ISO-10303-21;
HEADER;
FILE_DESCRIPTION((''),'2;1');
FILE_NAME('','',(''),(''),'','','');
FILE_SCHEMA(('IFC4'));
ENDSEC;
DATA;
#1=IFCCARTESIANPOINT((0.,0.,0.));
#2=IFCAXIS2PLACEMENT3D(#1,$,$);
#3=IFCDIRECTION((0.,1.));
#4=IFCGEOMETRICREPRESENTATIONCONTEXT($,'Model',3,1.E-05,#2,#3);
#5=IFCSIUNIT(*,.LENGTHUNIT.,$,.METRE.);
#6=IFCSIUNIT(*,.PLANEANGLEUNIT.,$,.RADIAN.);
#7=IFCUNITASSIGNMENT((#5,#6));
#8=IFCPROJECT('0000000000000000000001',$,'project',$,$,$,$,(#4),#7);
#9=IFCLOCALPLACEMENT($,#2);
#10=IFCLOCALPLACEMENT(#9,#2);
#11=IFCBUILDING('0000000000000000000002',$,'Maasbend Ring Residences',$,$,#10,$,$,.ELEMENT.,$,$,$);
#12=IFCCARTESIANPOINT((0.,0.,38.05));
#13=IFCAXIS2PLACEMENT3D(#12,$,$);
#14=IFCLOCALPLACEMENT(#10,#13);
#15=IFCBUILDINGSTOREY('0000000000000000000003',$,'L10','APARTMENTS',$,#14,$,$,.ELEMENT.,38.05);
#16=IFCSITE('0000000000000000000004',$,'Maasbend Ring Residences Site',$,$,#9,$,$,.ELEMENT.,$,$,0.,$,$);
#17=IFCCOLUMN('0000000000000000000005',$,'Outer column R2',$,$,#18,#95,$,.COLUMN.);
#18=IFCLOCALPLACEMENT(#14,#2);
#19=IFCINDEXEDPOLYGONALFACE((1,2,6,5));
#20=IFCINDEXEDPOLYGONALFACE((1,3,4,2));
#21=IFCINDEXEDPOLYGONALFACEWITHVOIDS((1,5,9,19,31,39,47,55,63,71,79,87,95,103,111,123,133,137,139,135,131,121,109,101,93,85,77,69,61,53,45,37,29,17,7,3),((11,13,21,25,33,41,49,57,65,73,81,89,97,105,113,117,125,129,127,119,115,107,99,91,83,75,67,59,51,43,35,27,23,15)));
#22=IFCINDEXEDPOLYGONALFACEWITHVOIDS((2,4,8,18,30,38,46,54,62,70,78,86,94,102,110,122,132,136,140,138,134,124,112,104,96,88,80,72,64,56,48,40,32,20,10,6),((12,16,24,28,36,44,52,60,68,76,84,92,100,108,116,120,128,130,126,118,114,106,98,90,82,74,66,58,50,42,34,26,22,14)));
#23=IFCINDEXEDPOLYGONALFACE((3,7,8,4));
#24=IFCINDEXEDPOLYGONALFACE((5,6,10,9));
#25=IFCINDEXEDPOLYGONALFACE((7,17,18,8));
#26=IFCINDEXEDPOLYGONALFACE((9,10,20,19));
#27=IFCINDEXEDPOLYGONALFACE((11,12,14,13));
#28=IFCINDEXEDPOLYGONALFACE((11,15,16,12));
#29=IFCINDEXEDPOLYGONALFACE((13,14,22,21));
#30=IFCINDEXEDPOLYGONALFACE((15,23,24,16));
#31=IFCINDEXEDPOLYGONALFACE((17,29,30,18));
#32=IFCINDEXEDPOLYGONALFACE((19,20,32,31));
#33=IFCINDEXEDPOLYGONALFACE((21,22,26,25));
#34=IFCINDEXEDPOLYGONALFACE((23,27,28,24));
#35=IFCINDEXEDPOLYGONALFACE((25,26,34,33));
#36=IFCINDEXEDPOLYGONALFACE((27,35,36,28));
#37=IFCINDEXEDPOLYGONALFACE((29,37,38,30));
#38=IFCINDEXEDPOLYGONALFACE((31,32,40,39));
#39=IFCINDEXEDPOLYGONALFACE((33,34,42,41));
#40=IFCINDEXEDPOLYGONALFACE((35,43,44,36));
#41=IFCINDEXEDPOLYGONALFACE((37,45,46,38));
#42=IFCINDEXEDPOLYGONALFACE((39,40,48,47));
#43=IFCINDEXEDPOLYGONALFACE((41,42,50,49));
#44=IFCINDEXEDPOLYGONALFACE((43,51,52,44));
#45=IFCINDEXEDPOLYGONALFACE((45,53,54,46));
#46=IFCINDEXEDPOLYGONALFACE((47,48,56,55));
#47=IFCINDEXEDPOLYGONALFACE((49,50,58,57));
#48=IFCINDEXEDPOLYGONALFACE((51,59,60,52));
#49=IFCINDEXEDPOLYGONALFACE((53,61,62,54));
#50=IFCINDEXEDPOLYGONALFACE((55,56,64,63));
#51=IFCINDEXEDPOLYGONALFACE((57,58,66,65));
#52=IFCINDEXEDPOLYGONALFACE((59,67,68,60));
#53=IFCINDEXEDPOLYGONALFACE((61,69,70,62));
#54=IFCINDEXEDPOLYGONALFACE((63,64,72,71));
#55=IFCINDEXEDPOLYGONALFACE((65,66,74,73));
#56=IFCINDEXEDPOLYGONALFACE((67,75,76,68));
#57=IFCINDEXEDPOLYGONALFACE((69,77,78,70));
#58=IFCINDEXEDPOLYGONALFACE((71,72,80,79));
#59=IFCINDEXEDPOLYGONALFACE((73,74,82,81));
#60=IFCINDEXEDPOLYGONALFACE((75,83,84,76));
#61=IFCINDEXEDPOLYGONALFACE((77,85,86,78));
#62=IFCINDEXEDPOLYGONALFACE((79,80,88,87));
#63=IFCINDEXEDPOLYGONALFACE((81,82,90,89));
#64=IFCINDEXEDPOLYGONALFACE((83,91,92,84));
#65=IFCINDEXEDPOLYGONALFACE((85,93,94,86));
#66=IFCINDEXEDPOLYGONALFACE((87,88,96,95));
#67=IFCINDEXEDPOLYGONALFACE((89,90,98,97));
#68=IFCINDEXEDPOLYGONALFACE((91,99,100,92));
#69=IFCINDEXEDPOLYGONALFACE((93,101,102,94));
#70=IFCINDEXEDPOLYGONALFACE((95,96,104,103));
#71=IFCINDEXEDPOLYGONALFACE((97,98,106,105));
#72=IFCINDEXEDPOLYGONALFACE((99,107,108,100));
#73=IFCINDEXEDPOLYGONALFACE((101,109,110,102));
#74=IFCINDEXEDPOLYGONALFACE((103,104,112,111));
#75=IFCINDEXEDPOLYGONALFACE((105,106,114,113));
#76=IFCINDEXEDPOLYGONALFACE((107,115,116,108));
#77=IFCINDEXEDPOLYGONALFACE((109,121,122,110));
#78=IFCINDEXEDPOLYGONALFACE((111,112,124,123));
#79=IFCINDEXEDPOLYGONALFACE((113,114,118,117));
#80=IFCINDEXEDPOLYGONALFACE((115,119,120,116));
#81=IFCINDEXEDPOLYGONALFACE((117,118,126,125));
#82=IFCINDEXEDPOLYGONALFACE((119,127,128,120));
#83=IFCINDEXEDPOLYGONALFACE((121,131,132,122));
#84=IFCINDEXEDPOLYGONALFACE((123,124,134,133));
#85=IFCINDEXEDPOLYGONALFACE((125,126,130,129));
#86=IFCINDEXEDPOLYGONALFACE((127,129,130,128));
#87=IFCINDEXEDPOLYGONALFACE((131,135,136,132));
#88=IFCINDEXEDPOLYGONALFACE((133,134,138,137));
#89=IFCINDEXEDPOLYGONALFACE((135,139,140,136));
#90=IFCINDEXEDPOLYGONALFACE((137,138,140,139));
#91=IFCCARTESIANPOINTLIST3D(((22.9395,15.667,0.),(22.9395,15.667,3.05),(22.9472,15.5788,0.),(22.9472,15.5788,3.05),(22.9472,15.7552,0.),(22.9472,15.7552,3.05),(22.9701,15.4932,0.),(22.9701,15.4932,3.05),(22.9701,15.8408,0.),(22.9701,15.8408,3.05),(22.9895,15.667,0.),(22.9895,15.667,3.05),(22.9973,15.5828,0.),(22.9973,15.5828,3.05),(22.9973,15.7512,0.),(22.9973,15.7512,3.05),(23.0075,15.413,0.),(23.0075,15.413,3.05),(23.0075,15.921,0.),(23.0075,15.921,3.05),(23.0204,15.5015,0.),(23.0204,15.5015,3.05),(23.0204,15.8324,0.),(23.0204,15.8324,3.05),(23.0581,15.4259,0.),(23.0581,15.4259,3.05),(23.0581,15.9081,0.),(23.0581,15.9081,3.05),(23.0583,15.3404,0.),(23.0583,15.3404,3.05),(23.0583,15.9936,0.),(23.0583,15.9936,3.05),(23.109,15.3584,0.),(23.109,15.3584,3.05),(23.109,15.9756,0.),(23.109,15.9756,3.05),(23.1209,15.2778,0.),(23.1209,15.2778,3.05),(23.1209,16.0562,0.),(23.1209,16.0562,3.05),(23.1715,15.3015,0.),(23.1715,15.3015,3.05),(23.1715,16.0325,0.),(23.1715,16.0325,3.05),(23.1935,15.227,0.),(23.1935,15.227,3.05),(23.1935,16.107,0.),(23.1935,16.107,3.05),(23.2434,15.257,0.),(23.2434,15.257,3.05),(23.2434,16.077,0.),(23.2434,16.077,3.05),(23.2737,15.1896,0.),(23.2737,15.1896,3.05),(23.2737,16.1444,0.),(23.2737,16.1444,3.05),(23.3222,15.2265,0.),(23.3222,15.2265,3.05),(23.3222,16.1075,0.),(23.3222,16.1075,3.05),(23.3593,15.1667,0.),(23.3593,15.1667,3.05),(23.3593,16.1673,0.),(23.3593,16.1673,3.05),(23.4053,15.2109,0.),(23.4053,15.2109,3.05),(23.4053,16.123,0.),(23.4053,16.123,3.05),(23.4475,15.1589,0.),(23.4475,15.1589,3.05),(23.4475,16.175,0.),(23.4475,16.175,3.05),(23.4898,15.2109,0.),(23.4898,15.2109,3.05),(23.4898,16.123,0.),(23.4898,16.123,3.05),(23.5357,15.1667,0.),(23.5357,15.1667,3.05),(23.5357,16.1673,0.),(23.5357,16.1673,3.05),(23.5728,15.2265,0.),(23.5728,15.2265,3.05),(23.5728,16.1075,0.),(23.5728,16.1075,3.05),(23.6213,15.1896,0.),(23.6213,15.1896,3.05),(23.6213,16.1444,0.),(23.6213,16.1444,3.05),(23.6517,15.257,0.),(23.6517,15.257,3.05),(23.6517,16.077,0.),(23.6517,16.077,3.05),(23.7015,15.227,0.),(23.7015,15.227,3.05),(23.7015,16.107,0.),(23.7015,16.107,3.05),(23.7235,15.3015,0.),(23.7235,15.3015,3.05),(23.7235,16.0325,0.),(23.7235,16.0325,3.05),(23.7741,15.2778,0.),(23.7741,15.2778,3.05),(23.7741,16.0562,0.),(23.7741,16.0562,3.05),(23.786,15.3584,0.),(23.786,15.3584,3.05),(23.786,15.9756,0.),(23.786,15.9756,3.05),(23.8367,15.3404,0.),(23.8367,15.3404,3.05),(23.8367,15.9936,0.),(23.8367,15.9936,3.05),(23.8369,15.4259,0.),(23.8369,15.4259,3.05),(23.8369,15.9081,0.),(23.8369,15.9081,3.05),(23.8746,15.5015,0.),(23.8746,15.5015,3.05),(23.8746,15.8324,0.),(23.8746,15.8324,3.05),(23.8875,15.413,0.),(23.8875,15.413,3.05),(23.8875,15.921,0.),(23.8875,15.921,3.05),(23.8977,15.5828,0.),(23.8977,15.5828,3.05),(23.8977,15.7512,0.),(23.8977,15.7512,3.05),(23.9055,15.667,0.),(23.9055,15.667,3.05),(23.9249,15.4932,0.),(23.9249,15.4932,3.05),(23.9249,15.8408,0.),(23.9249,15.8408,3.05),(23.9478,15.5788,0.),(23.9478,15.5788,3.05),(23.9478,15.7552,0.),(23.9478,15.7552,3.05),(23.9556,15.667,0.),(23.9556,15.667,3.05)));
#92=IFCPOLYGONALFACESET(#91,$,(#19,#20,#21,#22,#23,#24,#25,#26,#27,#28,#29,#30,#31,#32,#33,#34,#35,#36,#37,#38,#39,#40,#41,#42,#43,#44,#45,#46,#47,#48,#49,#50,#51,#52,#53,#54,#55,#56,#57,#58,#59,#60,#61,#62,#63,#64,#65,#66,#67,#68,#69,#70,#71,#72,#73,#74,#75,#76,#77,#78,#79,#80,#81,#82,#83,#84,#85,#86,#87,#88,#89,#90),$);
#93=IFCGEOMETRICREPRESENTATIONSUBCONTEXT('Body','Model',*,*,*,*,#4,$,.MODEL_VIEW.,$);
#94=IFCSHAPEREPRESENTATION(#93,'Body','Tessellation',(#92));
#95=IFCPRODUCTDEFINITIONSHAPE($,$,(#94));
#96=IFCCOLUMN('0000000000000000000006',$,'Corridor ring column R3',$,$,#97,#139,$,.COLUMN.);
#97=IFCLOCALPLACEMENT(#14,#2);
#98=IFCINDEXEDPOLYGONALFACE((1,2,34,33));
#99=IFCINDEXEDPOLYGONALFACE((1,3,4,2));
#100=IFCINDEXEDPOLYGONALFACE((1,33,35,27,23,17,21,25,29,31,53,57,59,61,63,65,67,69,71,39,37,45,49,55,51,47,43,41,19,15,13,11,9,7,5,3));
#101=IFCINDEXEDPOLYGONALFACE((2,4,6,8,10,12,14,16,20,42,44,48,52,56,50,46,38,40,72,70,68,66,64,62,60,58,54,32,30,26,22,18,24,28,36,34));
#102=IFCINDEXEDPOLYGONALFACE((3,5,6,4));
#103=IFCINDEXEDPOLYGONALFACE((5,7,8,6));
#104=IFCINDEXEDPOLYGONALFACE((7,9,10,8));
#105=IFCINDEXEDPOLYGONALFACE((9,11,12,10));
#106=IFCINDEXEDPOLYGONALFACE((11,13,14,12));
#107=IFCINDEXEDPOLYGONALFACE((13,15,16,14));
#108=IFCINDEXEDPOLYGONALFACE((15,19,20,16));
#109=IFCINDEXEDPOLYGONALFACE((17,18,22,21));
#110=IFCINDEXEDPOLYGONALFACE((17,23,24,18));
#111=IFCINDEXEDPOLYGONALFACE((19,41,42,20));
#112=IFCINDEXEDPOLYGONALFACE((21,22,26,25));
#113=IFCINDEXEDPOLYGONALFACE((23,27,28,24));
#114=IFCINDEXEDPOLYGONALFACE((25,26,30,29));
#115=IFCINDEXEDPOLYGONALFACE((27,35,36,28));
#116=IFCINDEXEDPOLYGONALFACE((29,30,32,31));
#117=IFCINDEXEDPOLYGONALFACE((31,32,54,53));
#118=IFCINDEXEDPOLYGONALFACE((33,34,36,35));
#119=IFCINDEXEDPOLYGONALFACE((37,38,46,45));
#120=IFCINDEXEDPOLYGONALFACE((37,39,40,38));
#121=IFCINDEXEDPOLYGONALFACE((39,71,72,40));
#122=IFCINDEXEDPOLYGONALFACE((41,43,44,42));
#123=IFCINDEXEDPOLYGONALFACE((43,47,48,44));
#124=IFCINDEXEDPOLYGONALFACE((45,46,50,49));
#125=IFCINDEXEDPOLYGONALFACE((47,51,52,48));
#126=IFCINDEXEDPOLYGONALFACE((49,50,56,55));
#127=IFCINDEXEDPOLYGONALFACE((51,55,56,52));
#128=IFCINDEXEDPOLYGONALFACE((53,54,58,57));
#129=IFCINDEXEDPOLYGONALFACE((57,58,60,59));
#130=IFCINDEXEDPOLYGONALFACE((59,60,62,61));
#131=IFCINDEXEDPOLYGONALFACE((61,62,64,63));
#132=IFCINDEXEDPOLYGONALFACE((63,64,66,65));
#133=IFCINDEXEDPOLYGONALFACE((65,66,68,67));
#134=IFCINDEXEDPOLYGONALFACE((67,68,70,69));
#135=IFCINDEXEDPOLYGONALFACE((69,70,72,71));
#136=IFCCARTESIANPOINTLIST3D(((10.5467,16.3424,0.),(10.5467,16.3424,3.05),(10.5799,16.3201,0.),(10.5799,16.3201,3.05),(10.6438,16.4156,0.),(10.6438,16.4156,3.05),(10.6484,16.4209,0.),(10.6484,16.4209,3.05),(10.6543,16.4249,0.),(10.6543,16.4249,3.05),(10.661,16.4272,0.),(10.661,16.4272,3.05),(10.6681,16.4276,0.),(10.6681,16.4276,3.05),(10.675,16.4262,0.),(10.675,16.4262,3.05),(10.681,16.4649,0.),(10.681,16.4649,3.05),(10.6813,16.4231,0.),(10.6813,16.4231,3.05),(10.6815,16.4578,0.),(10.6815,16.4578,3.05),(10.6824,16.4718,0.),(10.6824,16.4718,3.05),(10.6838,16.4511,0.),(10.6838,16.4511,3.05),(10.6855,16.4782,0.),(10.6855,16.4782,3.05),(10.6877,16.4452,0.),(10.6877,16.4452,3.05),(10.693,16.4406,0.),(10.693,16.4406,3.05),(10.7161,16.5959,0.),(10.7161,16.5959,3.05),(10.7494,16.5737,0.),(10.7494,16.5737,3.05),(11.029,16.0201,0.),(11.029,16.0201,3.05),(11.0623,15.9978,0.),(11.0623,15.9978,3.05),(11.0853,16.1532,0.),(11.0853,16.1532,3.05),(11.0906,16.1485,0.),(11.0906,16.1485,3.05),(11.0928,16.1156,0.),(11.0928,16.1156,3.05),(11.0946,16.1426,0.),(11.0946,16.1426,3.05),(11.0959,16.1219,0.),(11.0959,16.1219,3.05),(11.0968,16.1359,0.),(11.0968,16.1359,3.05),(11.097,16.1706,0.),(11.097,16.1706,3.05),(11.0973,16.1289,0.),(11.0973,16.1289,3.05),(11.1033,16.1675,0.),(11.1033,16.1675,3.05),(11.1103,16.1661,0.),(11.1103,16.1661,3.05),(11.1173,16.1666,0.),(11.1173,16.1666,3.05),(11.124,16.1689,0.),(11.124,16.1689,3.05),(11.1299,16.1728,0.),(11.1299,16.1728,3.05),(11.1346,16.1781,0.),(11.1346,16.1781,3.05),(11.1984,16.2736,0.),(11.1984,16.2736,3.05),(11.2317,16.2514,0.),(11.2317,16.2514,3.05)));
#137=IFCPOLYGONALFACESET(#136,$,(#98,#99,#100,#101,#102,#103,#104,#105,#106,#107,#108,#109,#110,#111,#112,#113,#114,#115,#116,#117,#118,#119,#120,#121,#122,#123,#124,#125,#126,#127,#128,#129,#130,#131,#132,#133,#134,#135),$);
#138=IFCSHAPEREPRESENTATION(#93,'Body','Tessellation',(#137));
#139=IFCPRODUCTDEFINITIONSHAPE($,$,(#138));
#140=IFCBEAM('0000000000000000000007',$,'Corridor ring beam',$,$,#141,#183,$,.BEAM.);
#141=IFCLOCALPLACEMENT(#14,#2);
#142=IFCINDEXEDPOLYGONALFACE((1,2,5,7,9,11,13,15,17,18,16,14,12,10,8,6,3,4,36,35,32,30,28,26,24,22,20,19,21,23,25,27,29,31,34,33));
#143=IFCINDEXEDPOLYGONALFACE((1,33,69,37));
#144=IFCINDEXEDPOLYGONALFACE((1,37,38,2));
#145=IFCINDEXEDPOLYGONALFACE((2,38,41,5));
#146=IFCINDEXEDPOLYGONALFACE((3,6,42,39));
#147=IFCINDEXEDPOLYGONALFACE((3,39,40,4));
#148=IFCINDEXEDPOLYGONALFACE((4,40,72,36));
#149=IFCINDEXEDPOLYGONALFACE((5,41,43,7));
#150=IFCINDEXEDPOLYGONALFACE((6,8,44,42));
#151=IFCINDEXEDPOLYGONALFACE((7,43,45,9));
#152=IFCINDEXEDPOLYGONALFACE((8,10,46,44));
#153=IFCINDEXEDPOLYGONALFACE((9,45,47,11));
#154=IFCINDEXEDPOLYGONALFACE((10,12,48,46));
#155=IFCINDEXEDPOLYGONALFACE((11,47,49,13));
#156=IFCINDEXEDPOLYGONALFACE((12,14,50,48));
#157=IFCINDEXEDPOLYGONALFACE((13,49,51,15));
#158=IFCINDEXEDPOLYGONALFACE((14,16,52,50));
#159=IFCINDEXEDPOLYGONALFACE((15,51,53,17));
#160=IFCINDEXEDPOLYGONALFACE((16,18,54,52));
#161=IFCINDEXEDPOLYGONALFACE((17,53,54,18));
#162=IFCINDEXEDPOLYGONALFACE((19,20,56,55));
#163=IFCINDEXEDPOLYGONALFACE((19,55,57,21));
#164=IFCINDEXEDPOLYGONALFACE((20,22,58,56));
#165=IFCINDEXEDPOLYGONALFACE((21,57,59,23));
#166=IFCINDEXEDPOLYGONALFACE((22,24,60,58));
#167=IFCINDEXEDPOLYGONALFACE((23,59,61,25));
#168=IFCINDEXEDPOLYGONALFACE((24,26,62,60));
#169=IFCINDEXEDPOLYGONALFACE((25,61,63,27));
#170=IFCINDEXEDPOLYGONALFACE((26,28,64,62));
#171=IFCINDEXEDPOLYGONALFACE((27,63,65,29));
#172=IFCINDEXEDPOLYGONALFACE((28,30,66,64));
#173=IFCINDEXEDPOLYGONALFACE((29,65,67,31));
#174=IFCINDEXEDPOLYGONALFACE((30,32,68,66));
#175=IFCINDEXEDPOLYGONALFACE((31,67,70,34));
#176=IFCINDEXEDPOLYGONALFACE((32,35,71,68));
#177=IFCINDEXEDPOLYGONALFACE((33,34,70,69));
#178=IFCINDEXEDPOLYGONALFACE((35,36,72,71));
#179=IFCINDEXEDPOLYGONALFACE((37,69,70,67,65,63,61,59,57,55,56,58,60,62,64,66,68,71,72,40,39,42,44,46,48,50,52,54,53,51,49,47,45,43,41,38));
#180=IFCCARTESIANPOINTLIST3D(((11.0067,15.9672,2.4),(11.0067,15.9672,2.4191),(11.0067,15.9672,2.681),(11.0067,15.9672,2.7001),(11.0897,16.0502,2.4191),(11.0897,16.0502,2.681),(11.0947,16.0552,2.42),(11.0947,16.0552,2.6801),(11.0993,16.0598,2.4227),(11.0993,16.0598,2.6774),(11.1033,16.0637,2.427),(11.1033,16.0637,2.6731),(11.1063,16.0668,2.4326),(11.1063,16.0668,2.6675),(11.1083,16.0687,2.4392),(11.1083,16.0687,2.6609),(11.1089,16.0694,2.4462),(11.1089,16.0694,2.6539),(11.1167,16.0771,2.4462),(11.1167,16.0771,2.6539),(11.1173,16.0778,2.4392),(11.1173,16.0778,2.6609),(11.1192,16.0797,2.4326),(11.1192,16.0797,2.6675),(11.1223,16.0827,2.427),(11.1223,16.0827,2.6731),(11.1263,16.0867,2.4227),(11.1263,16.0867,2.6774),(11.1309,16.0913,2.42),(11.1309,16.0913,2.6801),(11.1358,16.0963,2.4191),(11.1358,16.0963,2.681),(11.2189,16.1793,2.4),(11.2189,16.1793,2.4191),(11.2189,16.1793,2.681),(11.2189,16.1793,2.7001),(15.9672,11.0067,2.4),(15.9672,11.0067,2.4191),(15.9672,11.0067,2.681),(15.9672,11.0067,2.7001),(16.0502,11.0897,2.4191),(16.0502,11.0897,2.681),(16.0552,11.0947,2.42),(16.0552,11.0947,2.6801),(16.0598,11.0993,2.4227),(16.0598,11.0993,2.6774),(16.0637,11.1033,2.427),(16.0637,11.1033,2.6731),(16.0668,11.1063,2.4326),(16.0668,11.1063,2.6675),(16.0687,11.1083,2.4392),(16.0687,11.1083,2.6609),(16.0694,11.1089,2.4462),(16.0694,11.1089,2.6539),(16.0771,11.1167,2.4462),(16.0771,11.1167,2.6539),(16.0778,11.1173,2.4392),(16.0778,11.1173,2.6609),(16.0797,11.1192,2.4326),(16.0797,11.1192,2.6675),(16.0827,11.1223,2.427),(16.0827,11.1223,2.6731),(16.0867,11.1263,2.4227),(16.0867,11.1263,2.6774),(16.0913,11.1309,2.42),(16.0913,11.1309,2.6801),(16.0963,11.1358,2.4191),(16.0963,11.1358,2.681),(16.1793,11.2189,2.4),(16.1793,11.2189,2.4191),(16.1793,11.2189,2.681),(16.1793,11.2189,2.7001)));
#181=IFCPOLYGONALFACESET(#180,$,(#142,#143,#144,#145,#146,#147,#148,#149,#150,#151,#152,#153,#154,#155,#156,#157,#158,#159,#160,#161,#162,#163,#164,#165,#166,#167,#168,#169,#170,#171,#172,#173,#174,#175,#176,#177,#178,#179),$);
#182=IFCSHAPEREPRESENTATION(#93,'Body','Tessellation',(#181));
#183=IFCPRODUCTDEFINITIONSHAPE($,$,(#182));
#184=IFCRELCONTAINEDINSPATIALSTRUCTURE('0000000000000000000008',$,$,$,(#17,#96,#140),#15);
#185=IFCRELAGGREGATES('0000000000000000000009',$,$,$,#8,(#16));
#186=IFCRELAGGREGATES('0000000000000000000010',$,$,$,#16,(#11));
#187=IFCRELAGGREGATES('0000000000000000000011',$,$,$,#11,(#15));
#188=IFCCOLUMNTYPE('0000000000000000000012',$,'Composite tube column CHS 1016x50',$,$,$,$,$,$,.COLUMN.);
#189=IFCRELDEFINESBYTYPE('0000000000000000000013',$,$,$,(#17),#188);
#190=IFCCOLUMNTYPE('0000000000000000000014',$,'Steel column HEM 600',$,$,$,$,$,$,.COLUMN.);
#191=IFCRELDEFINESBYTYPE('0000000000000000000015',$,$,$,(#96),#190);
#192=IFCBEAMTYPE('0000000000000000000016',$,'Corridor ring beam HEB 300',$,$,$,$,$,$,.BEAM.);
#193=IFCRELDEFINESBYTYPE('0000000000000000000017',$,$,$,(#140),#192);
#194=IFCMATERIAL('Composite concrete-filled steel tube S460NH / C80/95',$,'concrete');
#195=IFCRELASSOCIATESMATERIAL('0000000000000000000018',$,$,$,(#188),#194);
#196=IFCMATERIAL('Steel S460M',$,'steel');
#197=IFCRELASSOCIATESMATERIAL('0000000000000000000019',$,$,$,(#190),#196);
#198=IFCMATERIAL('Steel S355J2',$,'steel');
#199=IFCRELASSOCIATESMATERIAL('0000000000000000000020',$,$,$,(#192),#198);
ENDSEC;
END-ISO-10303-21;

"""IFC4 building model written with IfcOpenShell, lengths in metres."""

from ifc_helpers import new_model, si_unit, direction, frame, origin, origin_2d, place, context, subcontext, project, spatial, hollow_circle, i_section, extrude, material, material_profile, profile_set, type_object, element, save


model = new_model("IFC4")

# Units and contexts
model_context = context("Model", 3, precision=1e-05, world=origin(), true_north=direction((0.0, 1.0)))
body_context = subcontext(model_context, "Body", "Model", "MODEL_VIEW")
ifc_project = project(units=[si_unit("LENGTHUNIT", "METRE"), si_unit("PLANEANGLEUNIT", "RADIAN")], contexts=[model_context])

# Site, building, storey
site_placement = place(None, origin())
site = spatial("IfcSite", under=ifc_project, at=site_placement, Name="Maasbend Ring Residences Site", CompositionType="ELEMENT", RefElevation=0.0)
building_placement = place(site_placement, origin())
building = spatial("IfcBuilding", under=site, at=building_placement, Name="Maasbend Ring Residences", CompositionType="ELEMENT")
storey_placement = place(building_placement, frame((0.0, 0.0, 38.05)))
storey = spatial("IfcBuildingStorey", under=building, at=storey_placement, Name="L10", Description="APARTMENTS", CompositionType="ELEMENT", Elevation=38.05)

# Columns
ifc_material_1 = material(Name="Composite concrete-filled steel tube S460NH / C80/95", Category="concrete")
ifc_material_profile_1 = material_profile(ifc_material_1, hollow_circle(Radius=0.5081, WallThickness=0.05, at=origin_2d()), Name="Composite tube column CHS 1016x50")
ifc_profile_set_1 = profile_set([ifc_material_profile_1], Name="Composite concrete-filled steel tube S460NH / C80/95")
column_type_1 = type_object("IfcColumnType", Name="Composite tube column CHS 1016x50", PredefinedType="COLUMN", material=ifc_profile_set_1)
column_1_placement = place(storey_placement, frame((23.4475, 15.667, 0.0), z_axis=(0.0, 0.0, 1.0), x_axis=(1.0, 0.0, 0.0)))
element("IfcColumn", 1, at=column_1_placement, inside=storey, type_object=column_type_1, Name="Outer column R2", PredefinedType="COLUMN", context=body_context, shape_type="SweptSolid", body=[
    extrude(hollow_circle(Radius=0.5081, WallThickness=0.05, at=origin_2d()), origin(), (0.0, 0.0, 1.0), 3.05),
])
ifc_material_2 = material(Name="Steel S460M", Category="steel")
ifc_material_profile_2 = material_profile(ifc_material_2, i_section(OverallWidth=0.3049, OverallDepth=0.6201, WebThickness=0.021, FlangeThickness=0.04, FilletRadius=0.0271, at=origin_2d()), Name="HEM 600")
ifc_profile_set_2 = profile_set([ifc_material_profile_2], Name="Steel S460M")
column_type_2 = type_object("IfcColumnType", Name="Steel column HEM 600", PredefinedType="COLUMN", material=ifc_profile_set_2)
column_2_placement = place(storey_placement, frame((10.8892, 16.2969, 0.0), z_axis=(0.0, 0.0, 1.0), x_axis=(0.55557, 0.83147, 0.0)))
element("IfcColumn", 2, at=column_2_placement, inside=storey, type_object=column_type_2, Name="Corridor ring column R3", PredefinedType="COLUMN", context=body_context, shape_type="SweptSolid", body=[
    extrude(i_section(OverallWidth=0.3049, OverallDepth=0.6201, WebThickness=0.021, FlangeThickness=0.04, FilletRadius=0.0271, at=origin_2d()), origin(), (0.0, 0.0, 1.0), 3.05),
])

# Beam
ifc_material_3 = material(Name="Steel S355J2", Category="steel")
ifc_material_profile_3 = material_profile(ifc_material_3, i_section(OverallWidth=0.3, OverallDepth=0.3, WebThickness=0.011, FlangeThickness=0.019, FilletRadius=0.0271, at=origin_2d()), Name="HEB 300")
ifc_profile_set_3 = profile_set([ifc_material_profile_3], Name="Steel S355J2")
beam_type_1 = type_object("IfcBeamType", Name="Corridor ring beam HEB 300", PredefinedType="BEAM", material=ifc_profile_set_3)
beam_1_placement = place(storey_placement, frame((16.0732, 11.1128, 2.55), z_axis=(-0.707107, 0.707107, 0.0), x_axis=(-0.707107, -0.707107, 0.0)))
element("IfcBeam", 3, at=beam_1_placement, inside=storey, type_object=beam_type_1, Name="Corridor ring beam", PredefinedType="BEAM", context=body_context, shape_type="SweptSolid", body=[
    extrude(i_section(OverallWidth=0.3, OverallDepth=0.3, WebThickness=0.011, FlangeThickness=0.019, FilletRadius=0.0271, at=origin_2d()), origin(), (0.0, 0.0, 1.0), 7.0151),
])

save(model, "model.ifc")
